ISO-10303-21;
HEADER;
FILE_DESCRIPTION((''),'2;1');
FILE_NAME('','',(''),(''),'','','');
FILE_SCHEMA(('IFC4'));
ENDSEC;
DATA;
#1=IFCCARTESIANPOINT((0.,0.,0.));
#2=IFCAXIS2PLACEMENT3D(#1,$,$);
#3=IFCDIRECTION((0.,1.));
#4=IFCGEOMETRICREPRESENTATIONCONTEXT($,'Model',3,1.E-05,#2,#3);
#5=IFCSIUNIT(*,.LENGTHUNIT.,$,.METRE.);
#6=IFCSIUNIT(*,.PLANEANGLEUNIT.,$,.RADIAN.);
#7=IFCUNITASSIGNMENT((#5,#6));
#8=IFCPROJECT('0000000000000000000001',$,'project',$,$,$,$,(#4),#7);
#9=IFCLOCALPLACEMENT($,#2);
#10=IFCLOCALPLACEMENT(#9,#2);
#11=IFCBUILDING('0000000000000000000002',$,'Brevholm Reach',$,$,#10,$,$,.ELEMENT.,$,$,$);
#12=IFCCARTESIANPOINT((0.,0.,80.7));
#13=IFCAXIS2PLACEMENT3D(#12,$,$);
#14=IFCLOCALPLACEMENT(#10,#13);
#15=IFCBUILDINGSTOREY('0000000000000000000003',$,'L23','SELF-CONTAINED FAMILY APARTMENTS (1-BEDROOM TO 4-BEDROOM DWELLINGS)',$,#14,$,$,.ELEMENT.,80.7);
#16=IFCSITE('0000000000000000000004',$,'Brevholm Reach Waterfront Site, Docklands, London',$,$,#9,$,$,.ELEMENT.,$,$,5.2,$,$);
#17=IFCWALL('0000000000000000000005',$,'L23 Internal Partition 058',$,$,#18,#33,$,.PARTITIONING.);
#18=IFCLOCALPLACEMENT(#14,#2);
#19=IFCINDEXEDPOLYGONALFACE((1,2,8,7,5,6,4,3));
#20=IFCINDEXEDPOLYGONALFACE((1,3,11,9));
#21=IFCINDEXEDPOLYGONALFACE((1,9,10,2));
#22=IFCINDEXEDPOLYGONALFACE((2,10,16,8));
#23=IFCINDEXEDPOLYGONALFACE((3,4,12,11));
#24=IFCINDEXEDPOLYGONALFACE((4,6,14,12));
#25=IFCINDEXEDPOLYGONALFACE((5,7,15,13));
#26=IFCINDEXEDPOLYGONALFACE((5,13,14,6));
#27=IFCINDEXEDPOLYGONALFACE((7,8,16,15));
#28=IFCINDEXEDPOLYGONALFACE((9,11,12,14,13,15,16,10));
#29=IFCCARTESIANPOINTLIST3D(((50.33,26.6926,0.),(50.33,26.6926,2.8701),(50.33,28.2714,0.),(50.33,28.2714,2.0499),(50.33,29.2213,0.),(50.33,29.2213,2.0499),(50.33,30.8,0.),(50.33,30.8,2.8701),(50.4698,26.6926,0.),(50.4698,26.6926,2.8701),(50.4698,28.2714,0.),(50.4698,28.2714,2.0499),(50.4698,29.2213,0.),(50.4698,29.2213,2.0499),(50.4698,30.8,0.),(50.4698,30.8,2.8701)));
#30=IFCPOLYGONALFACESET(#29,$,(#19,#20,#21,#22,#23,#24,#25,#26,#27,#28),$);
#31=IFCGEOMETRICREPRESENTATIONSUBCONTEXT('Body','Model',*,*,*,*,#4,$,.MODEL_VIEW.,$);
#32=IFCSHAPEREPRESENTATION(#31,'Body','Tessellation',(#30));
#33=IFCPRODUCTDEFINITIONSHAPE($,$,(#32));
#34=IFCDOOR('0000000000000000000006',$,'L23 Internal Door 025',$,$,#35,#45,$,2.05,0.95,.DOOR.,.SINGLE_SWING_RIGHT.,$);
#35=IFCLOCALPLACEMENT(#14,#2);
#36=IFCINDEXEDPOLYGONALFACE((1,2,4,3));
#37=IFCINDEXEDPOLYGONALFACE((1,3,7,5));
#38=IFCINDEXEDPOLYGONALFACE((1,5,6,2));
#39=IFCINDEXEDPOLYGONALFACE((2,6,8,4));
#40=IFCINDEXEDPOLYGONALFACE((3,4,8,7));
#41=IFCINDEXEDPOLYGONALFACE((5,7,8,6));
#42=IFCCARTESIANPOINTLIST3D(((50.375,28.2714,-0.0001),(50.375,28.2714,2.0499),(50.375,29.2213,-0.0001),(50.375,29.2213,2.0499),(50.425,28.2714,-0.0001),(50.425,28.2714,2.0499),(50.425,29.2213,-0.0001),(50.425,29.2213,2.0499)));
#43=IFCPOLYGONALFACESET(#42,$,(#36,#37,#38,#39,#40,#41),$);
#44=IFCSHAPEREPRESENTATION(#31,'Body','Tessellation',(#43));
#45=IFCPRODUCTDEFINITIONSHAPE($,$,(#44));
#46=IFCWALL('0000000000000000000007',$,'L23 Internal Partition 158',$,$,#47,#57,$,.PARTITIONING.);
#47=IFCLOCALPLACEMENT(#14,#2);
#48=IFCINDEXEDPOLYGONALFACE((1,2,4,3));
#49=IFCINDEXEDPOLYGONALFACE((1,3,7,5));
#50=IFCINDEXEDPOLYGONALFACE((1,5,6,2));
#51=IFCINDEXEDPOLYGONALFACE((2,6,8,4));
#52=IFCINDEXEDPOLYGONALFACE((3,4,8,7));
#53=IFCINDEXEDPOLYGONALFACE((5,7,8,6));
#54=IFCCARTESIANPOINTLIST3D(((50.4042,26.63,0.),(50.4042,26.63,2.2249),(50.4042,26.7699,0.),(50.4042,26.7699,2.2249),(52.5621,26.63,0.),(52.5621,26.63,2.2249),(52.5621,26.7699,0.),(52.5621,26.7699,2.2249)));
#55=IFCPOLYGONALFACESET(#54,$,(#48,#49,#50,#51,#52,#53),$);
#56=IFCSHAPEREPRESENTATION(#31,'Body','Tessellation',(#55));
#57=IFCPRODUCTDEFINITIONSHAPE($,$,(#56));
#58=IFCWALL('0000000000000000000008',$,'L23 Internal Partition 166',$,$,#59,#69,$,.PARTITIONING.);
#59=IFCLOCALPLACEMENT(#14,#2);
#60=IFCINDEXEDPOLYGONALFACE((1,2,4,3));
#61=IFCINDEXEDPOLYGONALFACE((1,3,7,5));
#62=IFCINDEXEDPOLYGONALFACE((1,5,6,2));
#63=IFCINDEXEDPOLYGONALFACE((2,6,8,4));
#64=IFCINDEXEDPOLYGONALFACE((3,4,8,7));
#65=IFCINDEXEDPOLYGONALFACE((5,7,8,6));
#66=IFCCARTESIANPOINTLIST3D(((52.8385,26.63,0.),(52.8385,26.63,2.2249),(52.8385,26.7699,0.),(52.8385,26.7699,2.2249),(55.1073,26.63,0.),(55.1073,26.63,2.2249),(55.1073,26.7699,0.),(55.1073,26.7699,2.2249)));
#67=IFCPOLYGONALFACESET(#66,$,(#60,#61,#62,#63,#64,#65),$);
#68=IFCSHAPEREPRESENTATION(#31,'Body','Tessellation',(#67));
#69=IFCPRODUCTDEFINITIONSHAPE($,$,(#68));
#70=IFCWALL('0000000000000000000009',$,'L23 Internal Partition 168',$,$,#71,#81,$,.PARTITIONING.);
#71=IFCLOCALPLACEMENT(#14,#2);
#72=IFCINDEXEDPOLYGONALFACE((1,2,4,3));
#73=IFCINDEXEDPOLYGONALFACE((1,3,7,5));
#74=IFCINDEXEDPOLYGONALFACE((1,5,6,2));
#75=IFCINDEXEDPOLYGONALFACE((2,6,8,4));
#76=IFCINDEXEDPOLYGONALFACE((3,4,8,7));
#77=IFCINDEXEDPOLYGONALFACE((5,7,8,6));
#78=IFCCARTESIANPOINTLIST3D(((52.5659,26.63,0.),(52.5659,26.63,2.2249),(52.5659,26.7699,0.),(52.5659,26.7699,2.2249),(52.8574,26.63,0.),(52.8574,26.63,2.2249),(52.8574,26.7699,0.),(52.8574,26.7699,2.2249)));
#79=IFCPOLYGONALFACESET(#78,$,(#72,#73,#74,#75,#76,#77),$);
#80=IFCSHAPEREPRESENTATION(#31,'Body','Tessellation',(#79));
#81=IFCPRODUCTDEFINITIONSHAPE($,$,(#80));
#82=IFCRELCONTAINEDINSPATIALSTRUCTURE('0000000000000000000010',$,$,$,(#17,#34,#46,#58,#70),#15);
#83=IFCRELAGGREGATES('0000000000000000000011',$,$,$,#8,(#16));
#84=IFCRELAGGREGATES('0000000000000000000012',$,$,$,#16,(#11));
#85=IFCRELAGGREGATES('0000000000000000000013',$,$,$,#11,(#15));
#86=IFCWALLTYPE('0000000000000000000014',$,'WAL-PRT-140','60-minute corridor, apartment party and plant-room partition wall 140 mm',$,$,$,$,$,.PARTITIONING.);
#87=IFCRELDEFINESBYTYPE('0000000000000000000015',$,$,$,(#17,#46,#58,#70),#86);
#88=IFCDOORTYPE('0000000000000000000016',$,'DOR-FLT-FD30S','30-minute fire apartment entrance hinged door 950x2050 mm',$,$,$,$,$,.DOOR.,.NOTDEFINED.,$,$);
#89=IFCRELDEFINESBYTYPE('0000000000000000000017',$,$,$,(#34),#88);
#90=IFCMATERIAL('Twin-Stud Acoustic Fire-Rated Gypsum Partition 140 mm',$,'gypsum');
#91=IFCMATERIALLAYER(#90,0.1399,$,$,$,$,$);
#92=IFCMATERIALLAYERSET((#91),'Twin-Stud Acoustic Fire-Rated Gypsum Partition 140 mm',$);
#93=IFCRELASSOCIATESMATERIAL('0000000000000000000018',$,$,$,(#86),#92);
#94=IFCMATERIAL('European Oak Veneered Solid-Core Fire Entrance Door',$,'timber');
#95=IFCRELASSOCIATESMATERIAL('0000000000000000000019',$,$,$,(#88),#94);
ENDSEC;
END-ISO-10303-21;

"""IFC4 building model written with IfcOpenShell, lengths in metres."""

from ifc_helpers import new_model, si_unit, direction, frame, frame_2d, origin, place, context, subcontext, project, spatial, rectangle, extrude, material, layer, layer_set, type_object, element, fill, save


model = new_model("IFC4")

# Units and contexts
model_context = context("Model", 3, precision=1e-05, world=origin(), true_north=direction((0.0, 1.0)))
body_context = subcontext(model_context, "Body", "Model", "MODEL_VIEW")
ifc_project = project(units=[si_unit("LENGTHUNIT", "METRE"), si_unit("PLANEANGLEUNIT", "RADIAN")], contexts=[model_context])

# Site, building, storey
site_placement = place(None, origin())
site = spatial("IfcSite", under=ifc_project, at=site_placement, Name="Brevholm Reach Waterfront Site, Docklands, London", CompositionType="ELEMENT", RefElevation=5.2)
building_placement = place(site_placement, origin())
building = spatial("IfcBuilding", under=site, at=building_placement, Name="Brevholm Reach", CompositionType="ELEMENT")
storey_placement = place(building_placement, frame((0.0, 0.0, 80.7)))
storey = spatial("IfcBuildingStorey", under=building, at=storey_placement, Name="L23", Description="SELF-CONTAINED FAMILY APARTMENTS (1-BEDROOM TO 4-BEDROOM DWELLINGS)", CompositionType="ELEMENT", Elevation=80.7)

# Wall, opening, door
ifc_material_1 = material(Name="Twin-Stud Acoustic Fire-Rated Gypsum Partition 140 mm", Category="gypsum")
ifc_layer_1 = layer(ifc_material_1, 0.1399)
ifc_layer_set_1 = layer_set([ifc_layer_1], Name="Twin-Stud Acoustic Fire-Rated Gypsum Partition 140 mm")
wall_type_1 = type_object("IfcWallType", Name="WAL-PRT-140", Description="60-minute corridor, apartment party and plant-room partition wall 140 mm", PredefinedType="PARTITIONING", material=ifc_layer_set_1)
wall_1_placement = place(storey_placement, frame((50.3999, 26.6926, 0.0), z_axis=(0.0, 0.0, 1.0), x_axis=(0.0, 1.0, 0.0)))
wall_1 = element("IfcWall", 1, at=wall_1_placement, inside=storey, type_object=wall_type_1, Name="L23 Internal Partition 058", PredefinedType="PARTITIONING", context=body_context, shape_type="SweptSolid", body=[
    extrude(rectangle(XDim=4.1074, YDim=0.1399, at=frame_2d((2.0537, 0.0))), origin(), (0.0, 0.0, 1.0), 2.8701),
])
opening_1_placement = place(wall_1_placement, frame((1.5786, 0.0, 0.0)))
opening_1 = element("IfcOpeningElement", 2, at=opening_1_placement, cuts=wall_1, PredefinedType="OPENING", context=body_context, shape_type="SweptSolid", body=[
    extrude(rectangle(XDim=0.95, YDim=2.05, at=frame_2d((0.4751, 1.0249))), frame((0.0, 0.0798, 0.0), z_axis=(0.0, -1.0, 0.0), x_axis=(1.0, 0.0, 0.0)), (0.0, 0.0, 1.0), 0.1599),
])
ifc_material_2 = material(Name="European Oak Veneered Solid-Core Fire Entrance Door", Category="timber")
door_type_1 = type_object("IfcDoorType", Name="DOR-FLT-FD30S", Description="30-minute fire apartment entrance hinged door 950x2050 mm", OperationType="NOTDEFINED", PredefinedType="DOOR", material=ifc_material_2)
door_1_placement = place(opening_1_placement, origin())
door_1 = element("IfcDoor", 3, at=door_1_placement, inside=storey, type_object=door_type_1, Name="L23 Internal Door 025", OperationType="SINGLE_SWING_RIGHT", OverallHeight=2.05, OverallWidth=0.95, PredefinedType="DOOR", context=body_context, shape_type="SweptSolid", body=[
    extrude(rectangle(XDim=0.95, YDim=2.05, at=frame_2d((0.4751, 1.0249))), frame((0.0, 0.0249, 0.0), z_axis=(0.0, -1.0, 0.0), x_axis=(1.0, 0.0, 0.0)), (0.0, 0.0, 1.0), 0.05),
])
fill(opening_1, door_1)

# Walls
wall_2_placement = place(storey_placement, frame((50.4041, 26.7, 0.0), z_axis=(0.0, 0.0, 1.0), x_axis=(1.0, 0.0, 0.0)))
element("IfcWall", 4, at=wall_2_placement, inside=storey, type_object=wall_type_1, Name="L23 Internal Partition 158", PredefinedType="PARTITIONING", context=body_context, shape_type="SweptSolid", body=[
    extrude(rectangle(XDim=2.158, YDim=0.1399, at=frame_2d((1.0791, 0.0))), origin(), (0.0, 0.0, 1.0), 2.2249),
])
wall_3_placement = place(storey_placement, frame((52.8386, 26.7, 0.0), z_axis=(0.0, 0.0, 1.0), x_axis=(1.0, 0.0, 0.0)))
element("IfcWall", 5, at=wall_3_placement, inside=storey, type_object=wall_type_1, Name="L23 Internal Partition 166", PredefinedType="PARTITIONING", context=body_context, shape_type="SweptSolid", body=[
    extrude(rectangle(XDim=2.2688, YDim=0.1399, at=frame_2d((1.1343, 0.0))), origin(), (0.0, 0.0, 1.0), 2.2249),
])
wall_4_placement = place(storey_placement, frame((52.5659, 26.7, 0.0), z_axis=(0.0, 0.0, 1.0), x_axis=(1.0, 0.0, 0.0)))
element("IfcWall", 6, at=wall_4_placement, inside=storey, type_object=wall_type_1, Name="L23 Internal Partition 168", PredefinedType="PARTITIONING", context=body_context, shape_type="SweptSolid", body=[
    extrude(rectangle(XDim=0.2915, YDim=0.1399, at=frame_2d((0.1458, 0.0))), origin(), (0.0, 0.0, 1.0), 2.2249),
])

save(model, "model.ifc")
